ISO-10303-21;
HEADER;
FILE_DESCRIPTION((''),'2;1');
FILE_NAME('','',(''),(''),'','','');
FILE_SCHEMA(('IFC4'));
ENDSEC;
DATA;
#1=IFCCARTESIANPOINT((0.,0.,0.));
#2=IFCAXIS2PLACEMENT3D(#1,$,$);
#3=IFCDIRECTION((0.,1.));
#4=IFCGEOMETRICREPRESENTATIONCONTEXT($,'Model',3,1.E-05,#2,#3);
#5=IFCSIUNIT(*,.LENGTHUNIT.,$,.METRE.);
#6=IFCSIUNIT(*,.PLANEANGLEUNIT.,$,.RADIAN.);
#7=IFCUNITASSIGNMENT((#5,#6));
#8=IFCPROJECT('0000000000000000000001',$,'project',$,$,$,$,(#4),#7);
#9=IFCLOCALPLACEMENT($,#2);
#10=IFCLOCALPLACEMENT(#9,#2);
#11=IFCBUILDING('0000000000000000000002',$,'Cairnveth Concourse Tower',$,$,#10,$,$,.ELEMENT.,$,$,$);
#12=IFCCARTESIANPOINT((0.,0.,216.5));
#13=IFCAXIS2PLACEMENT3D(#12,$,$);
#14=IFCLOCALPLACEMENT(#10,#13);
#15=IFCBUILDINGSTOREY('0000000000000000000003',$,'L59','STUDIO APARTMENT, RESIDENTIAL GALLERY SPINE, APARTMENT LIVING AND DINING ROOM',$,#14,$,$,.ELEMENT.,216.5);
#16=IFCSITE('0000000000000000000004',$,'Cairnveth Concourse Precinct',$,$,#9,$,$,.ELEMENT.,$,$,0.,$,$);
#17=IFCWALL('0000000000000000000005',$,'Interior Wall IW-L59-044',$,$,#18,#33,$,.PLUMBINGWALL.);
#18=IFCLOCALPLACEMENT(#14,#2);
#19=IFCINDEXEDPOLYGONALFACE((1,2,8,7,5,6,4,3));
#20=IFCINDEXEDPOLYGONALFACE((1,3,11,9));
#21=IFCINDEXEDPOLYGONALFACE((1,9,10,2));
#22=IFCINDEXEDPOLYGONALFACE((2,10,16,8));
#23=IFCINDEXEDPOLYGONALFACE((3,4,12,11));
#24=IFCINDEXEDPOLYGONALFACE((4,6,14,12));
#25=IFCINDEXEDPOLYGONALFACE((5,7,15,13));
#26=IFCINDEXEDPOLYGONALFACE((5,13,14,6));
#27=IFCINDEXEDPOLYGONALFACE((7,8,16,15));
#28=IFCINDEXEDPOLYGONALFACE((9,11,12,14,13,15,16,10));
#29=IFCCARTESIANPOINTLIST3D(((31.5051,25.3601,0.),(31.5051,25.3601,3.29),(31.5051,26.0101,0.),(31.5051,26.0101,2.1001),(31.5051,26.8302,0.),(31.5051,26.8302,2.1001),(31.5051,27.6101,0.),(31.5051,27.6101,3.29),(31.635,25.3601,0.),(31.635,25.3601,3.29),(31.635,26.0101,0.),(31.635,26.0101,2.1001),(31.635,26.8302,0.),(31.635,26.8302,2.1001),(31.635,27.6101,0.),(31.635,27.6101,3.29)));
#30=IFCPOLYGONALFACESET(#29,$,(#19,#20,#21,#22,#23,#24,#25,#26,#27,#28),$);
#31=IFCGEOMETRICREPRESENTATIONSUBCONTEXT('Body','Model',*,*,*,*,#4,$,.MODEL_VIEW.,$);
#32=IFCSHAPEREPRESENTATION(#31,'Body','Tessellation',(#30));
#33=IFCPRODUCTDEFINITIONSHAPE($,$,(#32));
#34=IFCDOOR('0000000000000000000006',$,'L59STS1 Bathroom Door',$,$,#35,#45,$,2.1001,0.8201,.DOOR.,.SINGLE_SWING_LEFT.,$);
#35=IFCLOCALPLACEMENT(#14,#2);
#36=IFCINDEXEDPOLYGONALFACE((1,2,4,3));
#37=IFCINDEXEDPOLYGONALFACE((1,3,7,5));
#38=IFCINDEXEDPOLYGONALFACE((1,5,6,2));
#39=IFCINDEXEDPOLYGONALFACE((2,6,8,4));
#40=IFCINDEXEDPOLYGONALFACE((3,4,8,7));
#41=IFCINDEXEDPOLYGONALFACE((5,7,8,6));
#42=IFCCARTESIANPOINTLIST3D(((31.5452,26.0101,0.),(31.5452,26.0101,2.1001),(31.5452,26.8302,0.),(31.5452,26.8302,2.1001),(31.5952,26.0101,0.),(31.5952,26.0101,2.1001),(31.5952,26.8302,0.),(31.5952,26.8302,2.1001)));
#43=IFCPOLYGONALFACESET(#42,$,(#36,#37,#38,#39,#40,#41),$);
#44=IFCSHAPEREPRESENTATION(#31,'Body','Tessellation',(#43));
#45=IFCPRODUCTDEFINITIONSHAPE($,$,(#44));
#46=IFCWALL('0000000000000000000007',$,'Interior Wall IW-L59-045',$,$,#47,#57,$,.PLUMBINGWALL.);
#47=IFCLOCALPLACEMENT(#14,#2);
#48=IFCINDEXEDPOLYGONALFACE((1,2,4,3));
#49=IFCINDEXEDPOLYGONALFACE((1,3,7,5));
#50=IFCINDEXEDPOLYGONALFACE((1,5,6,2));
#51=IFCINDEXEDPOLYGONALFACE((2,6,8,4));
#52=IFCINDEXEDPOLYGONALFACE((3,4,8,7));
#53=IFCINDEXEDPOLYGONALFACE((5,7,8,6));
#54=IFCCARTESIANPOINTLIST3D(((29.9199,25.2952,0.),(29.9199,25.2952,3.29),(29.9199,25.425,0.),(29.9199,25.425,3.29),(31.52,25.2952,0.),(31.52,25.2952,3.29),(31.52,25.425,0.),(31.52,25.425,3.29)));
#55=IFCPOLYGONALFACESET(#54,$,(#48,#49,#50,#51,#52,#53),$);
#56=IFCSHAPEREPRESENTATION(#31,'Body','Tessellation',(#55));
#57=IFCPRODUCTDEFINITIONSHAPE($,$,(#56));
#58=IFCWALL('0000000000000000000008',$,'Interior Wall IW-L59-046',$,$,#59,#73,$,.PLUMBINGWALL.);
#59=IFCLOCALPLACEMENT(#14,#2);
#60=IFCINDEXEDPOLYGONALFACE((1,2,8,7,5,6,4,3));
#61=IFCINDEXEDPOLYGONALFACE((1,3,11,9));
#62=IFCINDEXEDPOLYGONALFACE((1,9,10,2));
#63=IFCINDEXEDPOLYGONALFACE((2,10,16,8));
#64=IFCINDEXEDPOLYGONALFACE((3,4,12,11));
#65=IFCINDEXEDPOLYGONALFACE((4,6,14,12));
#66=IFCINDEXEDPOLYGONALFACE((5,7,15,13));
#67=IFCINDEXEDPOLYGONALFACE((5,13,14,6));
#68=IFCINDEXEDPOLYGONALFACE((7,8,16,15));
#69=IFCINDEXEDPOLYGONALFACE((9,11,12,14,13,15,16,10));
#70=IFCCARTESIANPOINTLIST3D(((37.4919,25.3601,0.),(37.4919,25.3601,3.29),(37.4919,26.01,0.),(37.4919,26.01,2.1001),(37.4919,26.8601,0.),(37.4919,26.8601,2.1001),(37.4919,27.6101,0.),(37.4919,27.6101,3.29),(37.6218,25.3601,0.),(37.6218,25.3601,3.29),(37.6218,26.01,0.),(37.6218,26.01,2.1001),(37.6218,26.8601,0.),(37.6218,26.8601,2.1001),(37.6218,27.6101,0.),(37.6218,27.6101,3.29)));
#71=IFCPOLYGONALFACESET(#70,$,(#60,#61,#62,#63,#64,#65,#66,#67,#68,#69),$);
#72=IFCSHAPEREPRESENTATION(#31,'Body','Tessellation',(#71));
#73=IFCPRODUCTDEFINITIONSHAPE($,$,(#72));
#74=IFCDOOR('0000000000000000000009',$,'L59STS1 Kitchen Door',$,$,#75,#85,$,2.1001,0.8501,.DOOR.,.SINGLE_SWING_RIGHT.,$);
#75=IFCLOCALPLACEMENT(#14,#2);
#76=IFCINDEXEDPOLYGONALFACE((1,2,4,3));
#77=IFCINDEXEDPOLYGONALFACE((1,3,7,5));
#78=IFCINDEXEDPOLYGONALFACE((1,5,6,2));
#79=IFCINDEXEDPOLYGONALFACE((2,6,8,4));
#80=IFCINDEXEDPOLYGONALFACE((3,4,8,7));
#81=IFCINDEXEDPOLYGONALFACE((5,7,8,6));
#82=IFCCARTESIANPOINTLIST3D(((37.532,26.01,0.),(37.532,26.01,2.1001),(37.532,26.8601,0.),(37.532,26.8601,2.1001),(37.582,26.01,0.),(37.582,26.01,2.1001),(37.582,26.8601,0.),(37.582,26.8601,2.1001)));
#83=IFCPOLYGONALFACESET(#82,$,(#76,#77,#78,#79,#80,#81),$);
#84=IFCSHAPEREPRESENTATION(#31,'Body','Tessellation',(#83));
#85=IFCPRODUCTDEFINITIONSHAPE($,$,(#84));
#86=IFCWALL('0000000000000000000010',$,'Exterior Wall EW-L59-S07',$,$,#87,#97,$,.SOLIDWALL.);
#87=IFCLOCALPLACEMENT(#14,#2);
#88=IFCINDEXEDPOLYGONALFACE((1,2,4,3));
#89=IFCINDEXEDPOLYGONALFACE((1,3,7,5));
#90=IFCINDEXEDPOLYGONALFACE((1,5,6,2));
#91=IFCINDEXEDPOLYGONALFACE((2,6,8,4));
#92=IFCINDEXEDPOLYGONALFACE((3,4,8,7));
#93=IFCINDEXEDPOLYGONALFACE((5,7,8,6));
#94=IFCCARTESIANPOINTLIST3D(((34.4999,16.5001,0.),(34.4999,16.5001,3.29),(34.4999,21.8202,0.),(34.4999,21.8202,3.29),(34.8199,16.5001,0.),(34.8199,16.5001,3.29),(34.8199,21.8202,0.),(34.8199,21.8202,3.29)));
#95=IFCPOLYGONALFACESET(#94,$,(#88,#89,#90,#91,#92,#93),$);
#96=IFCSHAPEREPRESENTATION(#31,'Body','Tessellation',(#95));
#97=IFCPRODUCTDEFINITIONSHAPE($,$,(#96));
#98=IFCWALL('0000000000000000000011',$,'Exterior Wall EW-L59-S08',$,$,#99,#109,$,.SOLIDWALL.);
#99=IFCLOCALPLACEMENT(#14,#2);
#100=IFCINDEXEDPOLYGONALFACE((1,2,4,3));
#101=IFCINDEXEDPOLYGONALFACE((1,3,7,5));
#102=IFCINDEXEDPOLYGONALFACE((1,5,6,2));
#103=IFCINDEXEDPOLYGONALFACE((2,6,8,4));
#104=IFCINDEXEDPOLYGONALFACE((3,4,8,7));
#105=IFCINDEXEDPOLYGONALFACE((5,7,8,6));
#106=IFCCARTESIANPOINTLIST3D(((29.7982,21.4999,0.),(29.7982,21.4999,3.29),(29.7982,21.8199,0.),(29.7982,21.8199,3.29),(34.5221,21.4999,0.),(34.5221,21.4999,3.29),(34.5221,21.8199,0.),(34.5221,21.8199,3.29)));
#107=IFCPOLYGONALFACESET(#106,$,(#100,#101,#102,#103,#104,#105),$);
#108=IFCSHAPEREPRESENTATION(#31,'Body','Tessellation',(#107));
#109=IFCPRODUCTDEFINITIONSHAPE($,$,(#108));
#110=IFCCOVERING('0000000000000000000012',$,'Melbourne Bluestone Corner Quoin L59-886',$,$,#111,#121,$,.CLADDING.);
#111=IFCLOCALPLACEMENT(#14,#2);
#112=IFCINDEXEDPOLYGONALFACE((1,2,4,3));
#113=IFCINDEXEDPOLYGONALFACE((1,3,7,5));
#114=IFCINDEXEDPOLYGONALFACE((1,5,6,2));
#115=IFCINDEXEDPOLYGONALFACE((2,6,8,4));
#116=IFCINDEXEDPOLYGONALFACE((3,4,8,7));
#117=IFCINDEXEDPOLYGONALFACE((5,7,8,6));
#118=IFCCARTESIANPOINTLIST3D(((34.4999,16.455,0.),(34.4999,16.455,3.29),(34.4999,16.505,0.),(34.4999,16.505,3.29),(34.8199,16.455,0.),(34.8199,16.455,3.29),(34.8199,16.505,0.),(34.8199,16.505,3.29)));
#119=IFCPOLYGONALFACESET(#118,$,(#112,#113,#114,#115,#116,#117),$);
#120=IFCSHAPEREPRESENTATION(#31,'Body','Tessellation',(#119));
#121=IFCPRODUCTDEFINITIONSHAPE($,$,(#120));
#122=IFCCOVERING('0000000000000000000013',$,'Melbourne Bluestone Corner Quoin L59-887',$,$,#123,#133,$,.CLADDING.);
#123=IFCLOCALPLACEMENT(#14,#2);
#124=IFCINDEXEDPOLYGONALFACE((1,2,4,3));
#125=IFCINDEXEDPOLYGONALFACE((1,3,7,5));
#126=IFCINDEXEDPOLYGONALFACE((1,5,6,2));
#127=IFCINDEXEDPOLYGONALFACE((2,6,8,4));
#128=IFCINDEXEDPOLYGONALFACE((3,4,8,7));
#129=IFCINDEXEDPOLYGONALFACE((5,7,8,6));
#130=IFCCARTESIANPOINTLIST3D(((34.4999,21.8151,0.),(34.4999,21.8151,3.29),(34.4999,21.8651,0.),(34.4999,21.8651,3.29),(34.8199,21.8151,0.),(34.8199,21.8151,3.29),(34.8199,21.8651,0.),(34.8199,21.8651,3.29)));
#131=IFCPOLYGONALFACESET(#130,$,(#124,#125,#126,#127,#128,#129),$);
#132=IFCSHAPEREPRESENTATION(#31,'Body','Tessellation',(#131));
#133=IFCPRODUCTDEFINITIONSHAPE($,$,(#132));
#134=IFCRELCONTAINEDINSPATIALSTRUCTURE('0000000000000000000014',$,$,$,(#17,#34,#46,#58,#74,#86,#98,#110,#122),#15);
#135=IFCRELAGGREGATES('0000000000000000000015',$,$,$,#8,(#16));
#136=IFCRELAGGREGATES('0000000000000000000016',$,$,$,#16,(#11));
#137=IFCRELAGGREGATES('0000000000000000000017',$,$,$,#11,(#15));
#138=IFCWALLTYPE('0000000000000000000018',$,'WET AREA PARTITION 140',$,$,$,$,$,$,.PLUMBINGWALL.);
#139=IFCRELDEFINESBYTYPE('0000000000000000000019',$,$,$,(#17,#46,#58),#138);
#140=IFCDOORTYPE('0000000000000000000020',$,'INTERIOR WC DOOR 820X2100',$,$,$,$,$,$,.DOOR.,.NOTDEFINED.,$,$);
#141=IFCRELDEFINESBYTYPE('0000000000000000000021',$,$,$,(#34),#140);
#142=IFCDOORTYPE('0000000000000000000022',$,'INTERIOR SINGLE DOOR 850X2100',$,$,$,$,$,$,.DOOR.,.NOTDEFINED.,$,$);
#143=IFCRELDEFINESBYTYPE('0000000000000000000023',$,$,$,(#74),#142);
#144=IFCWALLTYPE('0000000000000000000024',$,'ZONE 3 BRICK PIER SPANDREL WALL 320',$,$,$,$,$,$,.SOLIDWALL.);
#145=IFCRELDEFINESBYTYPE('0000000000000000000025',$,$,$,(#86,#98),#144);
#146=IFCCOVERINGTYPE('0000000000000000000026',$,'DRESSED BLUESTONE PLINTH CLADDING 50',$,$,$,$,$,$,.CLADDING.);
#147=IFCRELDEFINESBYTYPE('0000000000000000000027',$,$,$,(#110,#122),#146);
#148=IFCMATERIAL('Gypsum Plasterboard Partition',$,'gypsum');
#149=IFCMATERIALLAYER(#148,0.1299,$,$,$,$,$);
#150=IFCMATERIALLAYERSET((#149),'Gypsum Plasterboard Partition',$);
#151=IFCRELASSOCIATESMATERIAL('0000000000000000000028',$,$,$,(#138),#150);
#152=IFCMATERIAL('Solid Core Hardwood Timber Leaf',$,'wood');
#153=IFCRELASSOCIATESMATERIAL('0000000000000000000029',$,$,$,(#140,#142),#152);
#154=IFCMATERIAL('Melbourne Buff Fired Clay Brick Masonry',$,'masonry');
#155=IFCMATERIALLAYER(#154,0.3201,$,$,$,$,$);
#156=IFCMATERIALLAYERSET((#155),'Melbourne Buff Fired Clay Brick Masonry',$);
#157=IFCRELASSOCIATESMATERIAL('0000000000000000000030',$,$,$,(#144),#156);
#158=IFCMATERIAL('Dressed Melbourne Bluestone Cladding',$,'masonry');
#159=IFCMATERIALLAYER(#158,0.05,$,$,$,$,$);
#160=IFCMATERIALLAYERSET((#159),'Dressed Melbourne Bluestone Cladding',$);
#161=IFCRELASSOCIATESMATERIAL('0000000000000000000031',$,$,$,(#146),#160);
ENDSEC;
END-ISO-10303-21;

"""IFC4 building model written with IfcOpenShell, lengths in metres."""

from ifc_helpers import new_model, si_unit, direction, frame, frame_2d, origin, place, context, subcontext, project, spatial, rectangle, extrude, material, layer, layer_set, type_object, element, fill, save


model = new_model("IFC4")

# Units and contexts
model_context = context("Model", 3, precision=1e-05, world=origin(), true_north=direction((0.0, 1.0)))
body_context = subcontext(model_context, "Body", "Model", "MODEL_VIEW")
ifc_project = project(units=[si_unit("LENGTHUNIT", "METRE"), si_unit("PLANEANGLEUNIT", "RADIAN")], contexts=[model_context])

# Site, building, storey
site_placement = place(None, origin())
site = spatial("IfcSite", under=ifc_project, at=site_placement, Name="Cairnveth Concourse Precinct", CompositionType="ELEMENT", RefElevation=0.0)
building_placement = place(site_placement, origin())
building = spatial("IfcBuilding", under=site, at=building_placement, Name="Cairnveth Concourse Tower", CompositionType="ELEMENT")
storey_placement = place(building_placement, frame((0.0, 0.0, 216.5)))
storey = spatial("IfcBuildingStorey", under=building, at=storey_placement, Name="L59", Description="STUDIO APARTMENT, RESIDENTIAL GALLERY SPINE, APARTMENT LIVING AND DINING ROOM", CompositionType="ELEMENT", Elevation=216.5)

# Wall, opening, door
ifc_material_1 = material(Name="Gypsum Plasterboard Partition", Category="gypsum")
ifc_layer_1 = layer(ifc_material_1, 0.1299)
ifc_layer_set_1 = layer_set([ifc_layer_1], Name="Gypsum Plasterboard Partition")
wall_type_1 = type_object("IfcWallType", Name="WET AREA PARTITION 140", PredefinedType="PLUMBINGWALL", material=ifc_layer_set_1)
wall_1_placement = place(storey_placement, frame((31.5701, 25.3601, 0.0), z_axis=(0.0, 0.0, 1.0), x_axis=(0.0, 1.0, 0.0)))
wall_1 = element("IfcWall", 1, at=wall_1_placement, inside=storey, type_object=wall_type_1, Name="Interior Wall IW-L59-044", PredefinedType="PLUMBINGWALL", context=body_context, shape_type="SweptSolid", body=[
    extrude(rectangle(XDim=2.25, YDim=0.1299, at=frame_2d((1.125, 0.0))), origin(), (0.0, 0.0, 1.0), 3.29),
])
opening_1_placement = place(wall_1_placement, frame((0.6499, 0.0, 0.0)))
opening_1 = element("IfcOpeningElement", 2, at=opening_1_placement, cuts=wall_1, PredefinedType="OPENING", context=body_context, shape_type="SweptSolid", body=[
    extrude(rectangle(XDim=0.8201, YDim=2.1001, at=frame_2d((0.4102, 1.05))), frame((0.0, 0.075, 0.0), z_axis=(0.0, -1.0, 0.0), x_axis=(1.0, 0.0, 0.0)), (0.0, 0.0, 1.0), 0.1499),
])
ifc_material_2 = material(Name="Solid Core Hardwood Timber Leaf", Category="wood")
door_type_1 = type_object("IfcDoorType", Name="INTERIOR WC DOOR 820X2100", OperationType="NOTDEFINED", PredefinedType="DOOR", material=ifc_material_2)
door_1_placement = place(opening_1_placement, origin())
door_1 = element("IfcDoor", 3, at=door_1_placement, inside=storey, type_object=door_type_1, Name="L59STS1 Bathroom Door", OperationType="SINGLE_SWING_LEFT", OverallHeight=2.1001, OverallWidth=0.8201, PredefinedType="DOOR", context=body_context, shape_type="SweptSolid", body=[
    extrude(rectangle(XDim=0.8201, YDim=2.1001, at=frame_2d((0.4102, 1.05))), frame((0.0, 0.0249, 0.0), z_axis=(0.0, -1.0, 0.0), x_axis=(1.0, 0.0, 0.0)), (0.0, 0.0, 1.0), 0.05),
])
fill(opening_1, door_1)

# Wall
wall_2_placement = place(storey_placement, frame((29.9199, 25.3601, 0.0), z_axis=(0.0, 0.0, 1.0), x_axis=(1.0, 0.0, 0.0)))
element("IfcWall", 4, at=wall_2_placement, inside=storey, type_object=wall_type_1, Name="Interior Wall IW-L59-045", PredefinedType="PLUMBINGWALL", context=body_context, shape_type="SweptSolid", body=[
    extrude(rectangle(XDim=1.6001, YDim=0.1299, at=frame_2d((0.8, 0.0))), origin(), (0.0, 0.0, 1.0), 3.29),
])

# Wall, opening, door
wall_3_placement = place(storey_placement, frame((37.5569, 25.3601, 0.0), z_axis=(0.0, 0.0, 1.0), x_axis=(0.0, 1.0, 0.0)))
wall_3 = element("IfcWall", 5, at=wall_3_placement, inside=storey, type_object=wall_type_1, Name="Interior Wall IW-L59-046", PredefinedType="PLUMBINGWALL", context=body_context, shape_type="SweptSolid", body=[
    extrude(rectangle(XDim=2.25, YDim=0.1299, at=frame_2d((1.125, 0.0))), origin(), (0.0, 0.0, 1.0), 3.29),
])
opening_2_placement = place(wall_3_placement, frame((0.6499, 0.0, 0.0)))
opening_2 = element("IfcOpeningElement", 6, at=opening_2_placement, cuts=wall_3, PredefinedType="OPENING", context=body_context, shape_type="SweptSolid", body=[
    extrude(rectangle(XDim=0.8501, YDim=2.1001, at=frame_2d((0.425, 1.05))), frame((0.0, 0.075, 0.0), z_axis=(0.0, -1.0, 0.0), x_axis=(1.0, 0.0, 0.0)), (0.0, 0.0, 1.0), 0.1499),
])
door_type_2 = type_object("IfcDoorType", Name="INTERIOR SINGLE DOOR 850X2100", OperationType="NOTDEFINED", PredefinedType="DOOR", material=ifc_material_2)
door_2_placement = place(opening_2_placement, origin())
door_2 = element("IfcDoor", 7, at=door_2_placement, inside=storey, type_object=door_type_2, Name="L59STS1 Kitchen Door", OperationType="SINGLE_SWING_RIGHT", OverallHeight=2.1001, OverallWidth=0.8501, PredefinedType="DOOR", context=body_context, shape_type="SweptSolid", body=[
    extrude(rectangle(XDim=0.8501, YDim=2.1001, at=frame_2d((0.425, 1.05))), frame((0.0, 0.0249, 0.0), z_axis=(0.0, -1.0, 0.0), x_axis=(1.0, 0.0, 0.0)), (0.0, 0.0, 1.0), 0.05),
])
fill(opening_2, door_2)

# Walls
ifc_material_3 = material(Name="Melbourne Buff Fired Clay Brick Masonry", Category="masonry")
ifc_layer_2 = layer(ifc_material_3, 0.3201)
ifc_layer_set_2 = layer_set([ifc_layer_2], Name="Melbourne Buff Fired Clay Brick Masonry")
wall_type_2 = type_object("IfcWallType", Name="ZONE 3 BRICK PIER SPANDREL WALL 320", PredefinedType="SOLIDWALL", material=ifc_layer_set_2)
wall_4_placement = place(storey_placement, frame((34.6599, 16.5, 0.0), z_axis=(0.0, 0.0, 1.0), x_axis=(0.0, 1.0, 0.0)))
element("IfcWall", 8, at=wall_4_placement, inside=storey, type_object=wall_type_2, Name="Exterior Wall EW-L59-S07", PredefinedType="SOLIDWALL", context=body_context, shape_type="SweptSolid", body=[
    extrude(rectangle(XDim=5.3201, YDim=0.3201, at=frame_2d((2.6602, 0.0))), origin(), (0.0, 0.0, 1.0), 3.29),
])
wall_5_placement = place(storey_placement, frame((34.522, 21.6599, 0.0), z_axis=(0.0, 0.0, 1.0), x_axis=(-1.0, 0.0, 0.0)))
element("IfcWall", 9, at=wall_5_placement, inside=storey, type_object=wall_type_2, Name="Exterior Wall EW-L59-S08", PredefinedType="SOLIDWALL", context=body_context, shape_type="SweptSolid", body=[
    extrude(rectangle(XDim=4.7239, YDim=0.3201, at=frame_2d((2.3618, 0.0))), origin(), (0.0, 0.0, 1.0), 3.29),
])

# Coverings
ifc_material_4 = material(Name="Dressed Melbourne Bluestone Cladding", Category="masonry")
ifc_layer_3 = layer(ifc_material_4, 0.05)
ifc_layer_set_3 = layer_set([ifc_layer_3], Name="Dressed Melbourne Bluestone Cladding")
covering_type = type_object("IfcCoveringType", Name="DRESSED BLUESTONE PLINTH CLADDING 50", PredefinedType="CLADDING", material=ifc_layer_set_3)
for number, where, z_axis, x_axis, name in (
    (10, (34.8201, 16.48, 0.0), (0.0, 0.0, 1.0), (-1.0, 0.0, 0.0), "Melbourne Bluestone Corner Quoin L59-886"),
    (11, (34.8201, 21.8401, 0.0), (0.0, 0.0, 1.0), (-1.0, 0.0, 0.0), "Melbourne Bluestone Corner Quoin L59-887"),
):
    element("IfcCovering", number, at=place(storey_placement, frame(where, z_axis=z_axis, x_axis=x_axis)), inside=storey, type_object=covering_type, Name=name, PredefinedType="CLADDING", context=body_context, shape_type="SweptSolid", body=[
        extrude(rectangle(XDim=0.3201, YDim=0.05, at=frame_2d((0.1602, 0.0))), origin(), (0.0, 0.0, 1.0), 3.29),
    ])

save(model, "model.ifc")
